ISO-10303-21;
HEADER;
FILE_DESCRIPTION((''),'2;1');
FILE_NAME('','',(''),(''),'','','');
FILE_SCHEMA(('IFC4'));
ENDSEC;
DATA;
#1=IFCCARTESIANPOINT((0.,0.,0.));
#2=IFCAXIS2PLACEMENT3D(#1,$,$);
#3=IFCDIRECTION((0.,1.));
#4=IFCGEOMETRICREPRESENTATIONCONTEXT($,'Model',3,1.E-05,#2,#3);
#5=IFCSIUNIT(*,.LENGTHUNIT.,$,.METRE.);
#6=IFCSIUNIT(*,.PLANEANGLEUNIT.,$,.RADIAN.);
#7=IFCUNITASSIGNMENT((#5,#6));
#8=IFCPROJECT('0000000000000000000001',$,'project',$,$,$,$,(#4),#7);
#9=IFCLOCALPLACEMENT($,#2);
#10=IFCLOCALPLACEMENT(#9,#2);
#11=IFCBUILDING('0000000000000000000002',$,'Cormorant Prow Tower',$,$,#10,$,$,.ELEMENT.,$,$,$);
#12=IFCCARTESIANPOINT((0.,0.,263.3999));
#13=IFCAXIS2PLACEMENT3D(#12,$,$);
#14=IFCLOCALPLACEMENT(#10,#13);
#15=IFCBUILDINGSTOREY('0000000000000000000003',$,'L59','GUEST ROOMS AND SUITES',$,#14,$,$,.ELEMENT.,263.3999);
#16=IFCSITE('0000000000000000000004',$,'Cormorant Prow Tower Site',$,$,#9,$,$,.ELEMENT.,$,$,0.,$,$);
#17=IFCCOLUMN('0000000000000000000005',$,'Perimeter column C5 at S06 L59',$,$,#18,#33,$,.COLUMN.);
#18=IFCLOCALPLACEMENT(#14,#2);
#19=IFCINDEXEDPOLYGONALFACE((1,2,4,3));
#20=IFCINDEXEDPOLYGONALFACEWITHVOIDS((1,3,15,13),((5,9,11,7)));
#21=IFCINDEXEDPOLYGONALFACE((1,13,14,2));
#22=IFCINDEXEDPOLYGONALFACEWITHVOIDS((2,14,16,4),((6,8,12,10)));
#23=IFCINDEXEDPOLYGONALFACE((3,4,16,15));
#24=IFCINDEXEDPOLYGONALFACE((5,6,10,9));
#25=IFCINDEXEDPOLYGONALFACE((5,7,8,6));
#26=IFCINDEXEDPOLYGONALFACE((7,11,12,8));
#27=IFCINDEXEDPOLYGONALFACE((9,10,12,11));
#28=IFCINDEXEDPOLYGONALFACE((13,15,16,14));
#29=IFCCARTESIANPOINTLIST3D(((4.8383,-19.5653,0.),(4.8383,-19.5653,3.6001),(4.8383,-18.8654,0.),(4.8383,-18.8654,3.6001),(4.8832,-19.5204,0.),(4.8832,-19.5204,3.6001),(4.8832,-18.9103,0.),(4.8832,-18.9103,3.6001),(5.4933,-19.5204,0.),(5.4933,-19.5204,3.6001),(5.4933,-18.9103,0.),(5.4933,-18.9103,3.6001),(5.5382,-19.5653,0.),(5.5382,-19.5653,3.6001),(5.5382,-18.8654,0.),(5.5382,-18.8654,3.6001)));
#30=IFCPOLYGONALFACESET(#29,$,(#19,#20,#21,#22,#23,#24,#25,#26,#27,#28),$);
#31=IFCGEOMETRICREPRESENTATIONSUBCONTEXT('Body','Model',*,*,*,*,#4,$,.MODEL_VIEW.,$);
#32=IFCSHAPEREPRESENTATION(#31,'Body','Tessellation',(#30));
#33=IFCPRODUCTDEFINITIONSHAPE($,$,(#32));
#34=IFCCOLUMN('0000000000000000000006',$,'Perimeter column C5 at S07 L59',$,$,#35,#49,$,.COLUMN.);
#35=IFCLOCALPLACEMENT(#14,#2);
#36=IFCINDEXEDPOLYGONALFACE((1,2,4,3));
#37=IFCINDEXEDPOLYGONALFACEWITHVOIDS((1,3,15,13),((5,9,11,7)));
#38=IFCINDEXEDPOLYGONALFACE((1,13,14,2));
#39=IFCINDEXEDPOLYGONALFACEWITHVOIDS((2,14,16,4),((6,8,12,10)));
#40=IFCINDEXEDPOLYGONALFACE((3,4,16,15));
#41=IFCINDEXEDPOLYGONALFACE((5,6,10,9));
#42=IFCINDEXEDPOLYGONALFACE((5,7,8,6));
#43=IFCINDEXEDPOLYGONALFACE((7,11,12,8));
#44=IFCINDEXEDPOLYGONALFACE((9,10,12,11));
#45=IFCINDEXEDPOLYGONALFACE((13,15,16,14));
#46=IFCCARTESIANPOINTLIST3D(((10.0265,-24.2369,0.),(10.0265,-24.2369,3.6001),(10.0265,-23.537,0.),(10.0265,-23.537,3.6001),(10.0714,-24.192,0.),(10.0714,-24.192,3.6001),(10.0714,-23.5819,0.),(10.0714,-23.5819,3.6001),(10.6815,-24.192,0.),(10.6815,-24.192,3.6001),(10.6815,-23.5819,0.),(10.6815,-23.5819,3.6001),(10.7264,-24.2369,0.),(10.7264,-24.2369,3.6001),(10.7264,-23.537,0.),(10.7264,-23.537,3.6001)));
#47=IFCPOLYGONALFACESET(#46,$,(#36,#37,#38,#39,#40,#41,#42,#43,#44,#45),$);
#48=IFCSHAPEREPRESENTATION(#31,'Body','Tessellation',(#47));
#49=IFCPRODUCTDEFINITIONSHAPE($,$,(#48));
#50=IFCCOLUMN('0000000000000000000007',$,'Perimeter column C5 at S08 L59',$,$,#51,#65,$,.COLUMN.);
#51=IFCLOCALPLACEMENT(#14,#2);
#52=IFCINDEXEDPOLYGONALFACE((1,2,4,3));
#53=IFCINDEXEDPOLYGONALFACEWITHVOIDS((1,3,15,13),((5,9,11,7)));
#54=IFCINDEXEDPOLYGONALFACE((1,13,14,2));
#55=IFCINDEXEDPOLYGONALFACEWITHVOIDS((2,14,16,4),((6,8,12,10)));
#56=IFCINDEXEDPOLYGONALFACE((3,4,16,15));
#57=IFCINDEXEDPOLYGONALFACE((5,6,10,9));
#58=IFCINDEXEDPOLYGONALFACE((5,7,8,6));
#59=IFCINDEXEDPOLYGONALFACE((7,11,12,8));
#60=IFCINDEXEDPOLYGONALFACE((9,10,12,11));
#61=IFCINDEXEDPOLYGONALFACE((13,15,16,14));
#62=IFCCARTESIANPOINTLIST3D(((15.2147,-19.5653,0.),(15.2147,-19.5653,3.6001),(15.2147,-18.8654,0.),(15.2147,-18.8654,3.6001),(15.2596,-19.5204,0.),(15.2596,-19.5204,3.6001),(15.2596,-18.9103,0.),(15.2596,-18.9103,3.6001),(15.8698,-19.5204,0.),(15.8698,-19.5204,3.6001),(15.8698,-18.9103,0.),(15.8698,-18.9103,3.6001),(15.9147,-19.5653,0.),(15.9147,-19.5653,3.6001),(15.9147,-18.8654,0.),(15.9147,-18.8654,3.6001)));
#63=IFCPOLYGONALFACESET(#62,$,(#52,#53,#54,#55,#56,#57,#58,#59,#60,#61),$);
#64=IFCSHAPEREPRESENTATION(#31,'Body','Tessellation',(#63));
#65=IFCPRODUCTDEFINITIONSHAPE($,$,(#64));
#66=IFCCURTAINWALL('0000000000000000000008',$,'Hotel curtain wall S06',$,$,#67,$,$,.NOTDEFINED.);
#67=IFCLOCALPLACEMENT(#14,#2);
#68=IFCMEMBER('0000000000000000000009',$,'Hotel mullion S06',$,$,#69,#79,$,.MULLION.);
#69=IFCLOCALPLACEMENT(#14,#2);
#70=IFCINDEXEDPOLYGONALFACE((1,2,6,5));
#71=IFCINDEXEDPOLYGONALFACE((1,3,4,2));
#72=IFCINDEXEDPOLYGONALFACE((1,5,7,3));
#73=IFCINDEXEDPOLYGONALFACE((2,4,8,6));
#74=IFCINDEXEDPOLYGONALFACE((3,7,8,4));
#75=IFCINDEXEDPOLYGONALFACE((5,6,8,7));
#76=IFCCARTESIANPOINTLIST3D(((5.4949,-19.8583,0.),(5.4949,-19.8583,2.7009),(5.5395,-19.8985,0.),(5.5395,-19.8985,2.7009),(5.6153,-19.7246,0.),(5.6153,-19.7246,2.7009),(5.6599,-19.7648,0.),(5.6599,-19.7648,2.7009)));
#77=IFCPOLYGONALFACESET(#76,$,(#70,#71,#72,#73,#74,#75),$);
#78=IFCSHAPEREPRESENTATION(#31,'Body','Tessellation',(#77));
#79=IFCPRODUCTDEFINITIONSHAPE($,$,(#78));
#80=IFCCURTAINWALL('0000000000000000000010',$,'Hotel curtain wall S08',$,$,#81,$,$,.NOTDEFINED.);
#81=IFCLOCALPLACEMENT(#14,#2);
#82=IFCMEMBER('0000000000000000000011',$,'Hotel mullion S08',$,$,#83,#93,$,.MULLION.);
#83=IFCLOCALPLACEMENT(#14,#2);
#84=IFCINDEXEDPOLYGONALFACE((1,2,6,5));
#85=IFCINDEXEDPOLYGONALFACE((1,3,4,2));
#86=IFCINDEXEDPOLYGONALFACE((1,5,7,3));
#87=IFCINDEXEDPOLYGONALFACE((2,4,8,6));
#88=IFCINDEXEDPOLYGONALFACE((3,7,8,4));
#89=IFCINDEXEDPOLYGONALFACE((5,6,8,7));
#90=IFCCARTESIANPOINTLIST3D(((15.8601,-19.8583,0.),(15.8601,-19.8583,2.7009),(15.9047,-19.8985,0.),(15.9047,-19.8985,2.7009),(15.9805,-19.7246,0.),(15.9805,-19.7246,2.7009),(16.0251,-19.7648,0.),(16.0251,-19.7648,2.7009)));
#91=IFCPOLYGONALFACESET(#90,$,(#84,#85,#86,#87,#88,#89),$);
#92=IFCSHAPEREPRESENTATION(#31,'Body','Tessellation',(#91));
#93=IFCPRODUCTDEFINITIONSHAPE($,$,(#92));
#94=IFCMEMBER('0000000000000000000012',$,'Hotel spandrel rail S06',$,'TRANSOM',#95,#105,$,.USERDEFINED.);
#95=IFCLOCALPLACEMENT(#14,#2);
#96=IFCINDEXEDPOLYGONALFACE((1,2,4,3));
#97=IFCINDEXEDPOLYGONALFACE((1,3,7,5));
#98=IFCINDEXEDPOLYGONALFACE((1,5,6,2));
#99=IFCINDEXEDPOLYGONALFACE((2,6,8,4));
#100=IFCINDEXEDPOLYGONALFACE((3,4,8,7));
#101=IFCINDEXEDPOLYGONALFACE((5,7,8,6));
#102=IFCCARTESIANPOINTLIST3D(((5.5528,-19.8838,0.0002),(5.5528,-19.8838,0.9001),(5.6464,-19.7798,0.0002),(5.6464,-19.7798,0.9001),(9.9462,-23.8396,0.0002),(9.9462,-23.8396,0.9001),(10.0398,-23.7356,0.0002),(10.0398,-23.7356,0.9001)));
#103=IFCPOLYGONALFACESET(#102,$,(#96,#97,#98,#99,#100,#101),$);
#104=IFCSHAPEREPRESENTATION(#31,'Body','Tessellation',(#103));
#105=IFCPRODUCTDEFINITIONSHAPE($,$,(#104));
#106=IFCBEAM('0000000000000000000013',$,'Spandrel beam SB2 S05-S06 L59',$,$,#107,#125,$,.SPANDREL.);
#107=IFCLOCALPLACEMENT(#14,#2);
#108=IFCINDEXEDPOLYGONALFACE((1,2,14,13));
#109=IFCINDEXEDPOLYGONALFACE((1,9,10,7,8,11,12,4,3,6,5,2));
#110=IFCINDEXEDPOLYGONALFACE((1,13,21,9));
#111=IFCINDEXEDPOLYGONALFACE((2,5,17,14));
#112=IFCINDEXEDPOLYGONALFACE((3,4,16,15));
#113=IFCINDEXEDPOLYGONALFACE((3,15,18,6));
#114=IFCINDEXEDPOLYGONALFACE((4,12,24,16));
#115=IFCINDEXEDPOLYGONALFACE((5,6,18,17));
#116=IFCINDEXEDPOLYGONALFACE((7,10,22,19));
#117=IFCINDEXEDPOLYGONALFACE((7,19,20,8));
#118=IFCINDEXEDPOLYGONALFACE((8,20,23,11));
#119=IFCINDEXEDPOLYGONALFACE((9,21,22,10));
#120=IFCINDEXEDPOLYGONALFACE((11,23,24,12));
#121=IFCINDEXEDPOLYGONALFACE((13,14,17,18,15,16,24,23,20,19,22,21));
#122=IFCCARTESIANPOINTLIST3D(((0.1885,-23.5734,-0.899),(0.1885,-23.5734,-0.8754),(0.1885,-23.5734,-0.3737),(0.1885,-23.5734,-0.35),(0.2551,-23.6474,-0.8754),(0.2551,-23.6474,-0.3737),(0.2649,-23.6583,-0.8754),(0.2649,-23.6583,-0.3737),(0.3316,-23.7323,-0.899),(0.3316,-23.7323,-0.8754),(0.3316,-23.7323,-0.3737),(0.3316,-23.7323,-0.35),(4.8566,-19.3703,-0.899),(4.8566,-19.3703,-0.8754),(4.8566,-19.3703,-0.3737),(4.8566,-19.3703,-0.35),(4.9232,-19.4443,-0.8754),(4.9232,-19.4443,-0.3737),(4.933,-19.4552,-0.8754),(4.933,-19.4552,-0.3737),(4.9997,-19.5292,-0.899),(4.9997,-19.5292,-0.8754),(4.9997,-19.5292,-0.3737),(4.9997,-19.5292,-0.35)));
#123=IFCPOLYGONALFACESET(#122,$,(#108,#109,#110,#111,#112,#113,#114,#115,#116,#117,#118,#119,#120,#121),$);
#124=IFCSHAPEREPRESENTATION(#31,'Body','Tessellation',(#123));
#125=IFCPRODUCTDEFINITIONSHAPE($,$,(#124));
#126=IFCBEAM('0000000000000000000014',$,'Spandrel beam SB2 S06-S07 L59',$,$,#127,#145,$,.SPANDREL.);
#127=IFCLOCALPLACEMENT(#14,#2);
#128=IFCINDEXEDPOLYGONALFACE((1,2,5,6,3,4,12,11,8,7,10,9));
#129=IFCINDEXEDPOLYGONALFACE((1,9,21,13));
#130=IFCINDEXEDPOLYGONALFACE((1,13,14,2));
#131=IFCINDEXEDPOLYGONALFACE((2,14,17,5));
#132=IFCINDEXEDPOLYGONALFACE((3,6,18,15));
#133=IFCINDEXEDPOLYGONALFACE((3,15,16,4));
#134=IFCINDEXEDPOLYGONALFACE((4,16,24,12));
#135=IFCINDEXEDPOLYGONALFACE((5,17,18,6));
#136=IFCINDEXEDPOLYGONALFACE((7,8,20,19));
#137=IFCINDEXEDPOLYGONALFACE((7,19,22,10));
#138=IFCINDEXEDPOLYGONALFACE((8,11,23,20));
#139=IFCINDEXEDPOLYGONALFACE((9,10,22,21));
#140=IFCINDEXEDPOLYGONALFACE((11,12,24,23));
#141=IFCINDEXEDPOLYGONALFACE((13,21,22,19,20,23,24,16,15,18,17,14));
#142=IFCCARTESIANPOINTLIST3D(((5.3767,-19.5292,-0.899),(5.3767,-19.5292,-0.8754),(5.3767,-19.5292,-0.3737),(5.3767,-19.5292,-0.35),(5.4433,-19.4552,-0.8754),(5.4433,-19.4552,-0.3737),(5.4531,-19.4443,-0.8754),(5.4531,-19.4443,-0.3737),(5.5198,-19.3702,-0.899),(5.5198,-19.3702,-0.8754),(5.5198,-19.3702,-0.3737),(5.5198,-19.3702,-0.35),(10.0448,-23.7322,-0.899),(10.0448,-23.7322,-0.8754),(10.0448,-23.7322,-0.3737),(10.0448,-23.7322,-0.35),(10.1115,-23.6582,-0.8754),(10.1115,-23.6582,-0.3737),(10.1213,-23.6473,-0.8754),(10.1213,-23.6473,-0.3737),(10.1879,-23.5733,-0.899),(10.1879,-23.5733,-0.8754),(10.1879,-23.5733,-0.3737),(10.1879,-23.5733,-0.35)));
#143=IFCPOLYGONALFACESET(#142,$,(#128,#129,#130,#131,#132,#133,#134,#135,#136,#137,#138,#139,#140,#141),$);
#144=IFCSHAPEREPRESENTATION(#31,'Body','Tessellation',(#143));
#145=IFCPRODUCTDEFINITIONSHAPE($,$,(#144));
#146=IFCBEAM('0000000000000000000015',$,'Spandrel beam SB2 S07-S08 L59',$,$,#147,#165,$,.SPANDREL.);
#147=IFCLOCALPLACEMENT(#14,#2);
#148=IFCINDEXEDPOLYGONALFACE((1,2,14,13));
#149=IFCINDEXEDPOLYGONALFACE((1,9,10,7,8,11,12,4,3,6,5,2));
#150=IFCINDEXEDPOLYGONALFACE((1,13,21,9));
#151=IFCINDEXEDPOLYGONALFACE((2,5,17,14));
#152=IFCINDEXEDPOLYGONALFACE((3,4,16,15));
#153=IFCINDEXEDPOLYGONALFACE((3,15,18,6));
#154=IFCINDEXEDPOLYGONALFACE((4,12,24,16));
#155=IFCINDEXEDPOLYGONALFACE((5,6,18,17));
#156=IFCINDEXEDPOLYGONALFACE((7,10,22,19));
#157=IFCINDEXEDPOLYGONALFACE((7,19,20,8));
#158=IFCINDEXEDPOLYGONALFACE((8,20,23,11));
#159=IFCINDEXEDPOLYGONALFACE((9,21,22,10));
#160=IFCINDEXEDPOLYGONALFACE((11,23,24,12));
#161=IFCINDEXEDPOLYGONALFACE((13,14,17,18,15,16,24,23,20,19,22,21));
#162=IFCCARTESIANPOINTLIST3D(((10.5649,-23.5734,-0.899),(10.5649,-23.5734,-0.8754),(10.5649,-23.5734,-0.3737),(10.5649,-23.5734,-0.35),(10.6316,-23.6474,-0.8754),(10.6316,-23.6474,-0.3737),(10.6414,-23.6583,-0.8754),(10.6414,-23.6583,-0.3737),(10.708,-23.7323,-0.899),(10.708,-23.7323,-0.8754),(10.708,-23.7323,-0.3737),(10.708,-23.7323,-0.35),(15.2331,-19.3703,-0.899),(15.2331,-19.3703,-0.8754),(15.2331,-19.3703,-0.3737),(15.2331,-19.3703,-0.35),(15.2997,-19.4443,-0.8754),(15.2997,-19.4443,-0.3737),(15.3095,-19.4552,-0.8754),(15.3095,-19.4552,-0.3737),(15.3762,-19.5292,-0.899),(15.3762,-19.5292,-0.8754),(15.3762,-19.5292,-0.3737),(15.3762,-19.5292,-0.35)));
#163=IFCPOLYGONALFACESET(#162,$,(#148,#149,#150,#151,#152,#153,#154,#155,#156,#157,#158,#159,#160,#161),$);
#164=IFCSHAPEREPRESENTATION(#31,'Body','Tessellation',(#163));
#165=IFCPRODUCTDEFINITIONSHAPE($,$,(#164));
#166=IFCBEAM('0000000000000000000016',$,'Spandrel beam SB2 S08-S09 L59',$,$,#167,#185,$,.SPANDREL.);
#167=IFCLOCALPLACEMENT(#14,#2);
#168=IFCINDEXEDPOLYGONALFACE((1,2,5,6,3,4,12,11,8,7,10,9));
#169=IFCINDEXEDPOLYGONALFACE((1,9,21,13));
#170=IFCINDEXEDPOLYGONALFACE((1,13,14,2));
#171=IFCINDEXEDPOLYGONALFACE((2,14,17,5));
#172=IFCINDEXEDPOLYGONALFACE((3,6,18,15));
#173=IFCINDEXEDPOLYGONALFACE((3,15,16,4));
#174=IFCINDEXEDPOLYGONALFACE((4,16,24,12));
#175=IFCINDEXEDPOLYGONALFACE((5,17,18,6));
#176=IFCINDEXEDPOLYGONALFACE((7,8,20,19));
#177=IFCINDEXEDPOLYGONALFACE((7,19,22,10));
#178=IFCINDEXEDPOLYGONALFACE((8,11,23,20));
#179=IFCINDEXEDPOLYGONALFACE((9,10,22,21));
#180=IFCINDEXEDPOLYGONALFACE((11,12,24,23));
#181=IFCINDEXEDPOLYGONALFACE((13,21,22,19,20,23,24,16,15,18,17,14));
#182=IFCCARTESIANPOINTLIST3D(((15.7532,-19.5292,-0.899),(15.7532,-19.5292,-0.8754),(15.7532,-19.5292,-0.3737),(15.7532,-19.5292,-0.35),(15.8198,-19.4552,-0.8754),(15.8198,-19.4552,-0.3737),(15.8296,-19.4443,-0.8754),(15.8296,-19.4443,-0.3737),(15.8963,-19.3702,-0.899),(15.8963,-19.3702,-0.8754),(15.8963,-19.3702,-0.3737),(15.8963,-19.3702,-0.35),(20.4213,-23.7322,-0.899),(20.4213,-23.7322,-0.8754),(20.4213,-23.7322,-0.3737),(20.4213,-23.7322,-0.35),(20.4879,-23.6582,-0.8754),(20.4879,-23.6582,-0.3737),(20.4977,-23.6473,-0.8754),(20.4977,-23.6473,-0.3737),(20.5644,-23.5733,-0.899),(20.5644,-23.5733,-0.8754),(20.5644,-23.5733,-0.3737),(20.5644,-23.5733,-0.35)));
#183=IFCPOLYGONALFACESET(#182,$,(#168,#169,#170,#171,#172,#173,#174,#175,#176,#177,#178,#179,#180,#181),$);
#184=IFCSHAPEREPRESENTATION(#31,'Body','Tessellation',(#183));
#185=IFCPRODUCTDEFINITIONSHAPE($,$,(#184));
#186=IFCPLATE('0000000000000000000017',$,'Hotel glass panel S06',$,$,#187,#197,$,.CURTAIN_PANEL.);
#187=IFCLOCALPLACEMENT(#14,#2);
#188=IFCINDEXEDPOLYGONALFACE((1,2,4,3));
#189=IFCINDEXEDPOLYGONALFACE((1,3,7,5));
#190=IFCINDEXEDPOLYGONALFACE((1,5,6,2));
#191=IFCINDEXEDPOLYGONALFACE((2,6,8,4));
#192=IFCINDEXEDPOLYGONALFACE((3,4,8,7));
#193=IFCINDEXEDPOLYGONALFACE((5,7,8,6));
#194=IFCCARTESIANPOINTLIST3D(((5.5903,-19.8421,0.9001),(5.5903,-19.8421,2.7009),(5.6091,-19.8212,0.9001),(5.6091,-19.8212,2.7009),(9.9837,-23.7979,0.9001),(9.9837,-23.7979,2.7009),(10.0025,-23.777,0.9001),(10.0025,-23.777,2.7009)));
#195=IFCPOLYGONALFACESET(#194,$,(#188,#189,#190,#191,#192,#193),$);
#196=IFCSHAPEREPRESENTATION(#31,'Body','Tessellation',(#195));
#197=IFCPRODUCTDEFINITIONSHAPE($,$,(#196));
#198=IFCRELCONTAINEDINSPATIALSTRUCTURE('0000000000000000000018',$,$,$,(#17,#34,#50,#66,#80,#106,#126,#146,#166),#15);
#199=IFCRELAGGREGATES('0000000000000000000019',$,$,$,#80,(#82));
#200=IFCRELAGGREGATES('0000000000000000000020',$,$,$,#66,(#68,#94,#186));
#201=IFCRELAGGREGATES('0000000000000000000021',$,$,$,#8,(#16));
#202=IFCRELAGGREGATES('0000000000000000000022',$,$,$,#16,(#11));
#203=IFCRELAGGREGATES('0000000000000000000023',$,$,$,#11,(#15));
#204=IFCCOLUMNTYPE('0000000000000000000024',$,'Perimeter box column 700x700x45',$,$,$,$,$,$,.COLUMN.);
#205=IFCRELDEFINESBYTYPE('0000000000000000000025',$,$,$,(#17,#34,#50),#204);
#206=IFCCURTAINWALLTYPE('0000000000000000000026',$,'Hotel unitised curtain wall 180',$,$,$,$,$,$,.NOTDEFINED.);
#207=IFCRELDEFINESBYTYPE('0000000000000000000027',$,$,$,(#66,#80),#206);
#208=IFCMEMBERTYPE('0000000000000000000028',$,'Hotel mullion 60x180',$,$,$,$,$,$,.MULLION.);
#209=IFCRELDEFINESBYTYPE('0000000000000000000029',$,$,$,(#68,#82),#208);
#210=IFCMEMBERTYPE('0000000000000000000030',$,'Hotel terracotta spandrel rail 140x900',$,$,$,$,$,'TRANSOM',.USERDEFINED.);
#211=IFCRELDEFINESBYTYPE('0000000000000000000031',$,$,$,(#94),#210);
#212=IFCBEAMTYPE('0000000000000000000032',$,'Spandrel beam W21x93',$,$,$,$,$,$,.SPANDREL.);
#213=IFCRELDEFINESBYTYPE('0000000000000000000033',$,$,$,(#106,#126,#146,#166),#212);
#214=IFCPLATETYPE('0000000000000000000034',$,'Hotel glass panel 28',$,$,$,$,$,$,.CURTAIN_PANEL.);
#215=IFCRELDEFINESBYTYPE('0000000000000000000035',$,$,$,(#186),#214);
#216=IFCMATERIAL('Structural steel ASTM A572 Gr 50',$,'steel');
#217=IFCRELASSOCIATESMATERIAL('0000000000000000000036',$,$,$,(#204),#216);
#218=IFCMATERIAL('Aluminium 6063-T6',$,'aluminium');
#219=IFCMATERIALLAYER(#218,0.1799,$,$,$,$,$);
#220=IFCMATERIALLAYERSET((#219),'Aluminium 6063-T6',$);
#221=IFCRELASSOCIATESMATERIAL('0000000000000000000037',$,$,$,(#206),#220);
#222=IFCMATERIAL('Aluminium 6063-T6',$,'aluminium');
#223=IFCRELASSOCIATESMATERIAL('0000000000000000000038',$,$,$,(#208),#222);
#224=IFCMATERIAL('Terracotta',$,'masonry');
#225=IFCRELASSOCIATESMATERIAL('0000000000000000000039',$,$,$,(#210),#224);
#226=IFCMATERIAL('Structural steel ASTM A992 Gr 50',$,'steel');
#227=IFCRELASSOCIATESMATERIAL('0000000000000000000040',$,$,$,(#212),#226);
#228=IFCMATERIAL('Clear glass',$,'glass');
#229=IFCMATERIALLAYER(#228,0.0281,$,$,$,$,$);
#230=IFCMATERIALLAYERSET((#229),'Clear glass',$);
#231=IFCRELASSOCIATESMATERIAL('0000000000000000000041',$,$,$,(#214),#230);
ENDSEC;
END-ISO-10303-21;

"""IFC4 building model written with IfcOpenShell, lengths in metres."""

from ifc_helpers import new_model, si_unit, direction, frame, origin, origin_2d, place, context, subcontext, project, spatial, rectangle, hollow_rectangle, i_section, extrude, material, layer, layer_set, material_profile, profile_set, type_object, element, aggregate, save


model = new_model("IFC4")

# Units and contexts
model_context = context("Model", 3, precision=1e-05, world=origin(), true_north=direction((0.0, 1.0)))
body_context = subcontext(model_context, "Body", "Model", "MODEL_VIEW")
ifc_project = project(units=[si_unit("LENGTHUNIT", "METRE"), si_unit("PLANEANGLEUNIT", "RADIAN")], contexts=[model_context])

# Site, building, storey
site_placement = place(None, origin())
site = spatial("IfcSite", under=ifc_project, at=site_placement, Name="Cormorant Prow Tower Site", CompositionType="ELEMENT", RefElevation=0.0)
building_placement = place(site_placement, origin())
building = spatial("IfcBuilding", under=site, at=building_placement, Name="Cormorant Prow Tower", CompositionType="ELEMENT")
storey_placement = place(building_placement, frame((0.0, 0.0, 263.3999)))
storey = spatial("IfcBuildingStorey", under=building, at=storey_placement, Name="L59", Description="GUEST ROOMS AND SUITES", CompositionType="ELEMENT", Elevation=263.3999)

# Columns
ifc_material_1 = material(Name="Structural steel ASTM A572 Gr 50", Category="steel")
ifc_material_profile_1 = material_profile(ifc_material_1, hollow_rectangle(XDim=0.7, YDim=0.7, WallThickness=0.0449, at=origin_2d()), Name="Box 700x700x45")
ifc_profile_set_1 = profile_set([ifc_material_profile_1], Name="Structural steel ASTM A572 Gr 50")
column_type = type_object("IfcColumnType", Name="Perimeter box column 700x700x45", PredefinedType="COLUMN", material=ifc_profile_set_1)
for number, where, z_axis, x_axis, name in (
    (1, (5.1882, -19.2153, 0.0), (0.0, 0.0, 1.0), (1.0, 0.0, 0.0), "Perimeter column C5 at S06 L59"),
    (2, (10.3765, -23.887, 0.0), (0.0, 0.0, 1.0), (1.0, 0.0, 0.0), "Perimeter column C5 at S07 L59"),
    (3, (15.5647, -19.2153, 0.0), (0.0, 0.0, 1.0), (1.0, 0.0, 0.0), "Perimeter column C5 at S08 L59"),
):
    element("IfcColumn", number, at=place(storey_placement, frame(where, z_axis=z_axis, x_axis=x_axis)), inside=storey, type_object=column_type, Name=name, PredefinedType="COLUMN", context=body_context, shape_type="SweptSolid", body=[
        extrude(hollow_rectangle(XDim=0.7, YDim=0.7, WallThickness=0.0449, at=origin_2d()), origin(), (0.0, 0.0, 1.0), 3.6001),
    ])

# Curtain walls, members
ifc_material_2 = material(Name="Aluminium 6063-T6", Category="aluminium")
ifc_layer_1 = layer(ifc_material_2, 0.1799)
ifc_layer_set_1 = layer_set([ifc_layer_1], Name="Aluminium 6063-T6")
curtain_wall_type = type_object("IfcCurtainWallType", Name="Hotel unitised curtain wall 180", PredefinedType="NOTDEFINED", material=ifc_layer_set_1)
curtain_wall_1_placement = place(storey_placement, origin())
curtain_wall_1 = element("IfcCurtainWall", 4, at=curtain_wall_1_placement, inside=storey, type_object=curtain_wall_type, Name="Hotel curtain wall S06", PredefinedType="NOTDEFINED")
ifc_material_3 = material(Name="Aluminium 6063-T6", Category="aluminium")
ifc_material_profile_2 = material_profile(ifc_material_3, rectangle(XDim=0.1799, YDim=0.0601, at=origin_2d()), Name="Hotel mullion 60x180")
ifc_profile_set_2 = profile_set([ifc_material_profile_2], Name="Aluminium 6063-T6")
member_type_1 = type_object("IfcMemberType", Name="Hotel mullion 60x180", PredefinedType="MULLION", material=ifc_profile_set_2)
member_1_placement = place(storey_placement, frame((5.5774, -19.8115, 0.0), z_axis=(0.0, 0.0, 1.0), x_axis=(0.669131, 0.743145, 0.0)))
member_1 = element("IfcMember", 5, at=member_1_placement, type_object=member_type_1, Name="Hotel mullion S06", PredefinedType="MULLION", context=body_context, shape_type="SweptSolid", body=[
    extrude(rectangle(XDim=0.1799, YDim=0.0601, at=origin_2d()), origin(), (0.0, 0.0, 1.0), 2.7009),
])
curtain_wall_2_placement = place(storey_placement, origin())
curtain_wall_2 = element("IfcCurtainWall", 6, at=curtain_wall_2_placement, inside=storey, type_object=curtain_wall_type, Name="Hotel curtain wall S08", PredefinedType="NOTDEFINED")
member_2_placement = place(storey_placement, frame((15.9426, -19.8115, 0.0), z_axis=(0.0, 0.0, 1.0), x_axis=(0.669131, 0.743145, 0.0)))
member_2 = element("IfcMember", 7, at=member_2_placement, type_object=member_type_1, Name="Hotel mullion S08", PredefinedType="MULLION", context=body_context, shape_type="SweptSolid", body=[
    extrude(rectangle(XDim=0.1799, YDim=0.0601, at=origin_2d()), origin(), (0.0, 0.0, 1.0), 2.7009),
])
aggregate(curtain_wall_2, [member_2])

# Member
ifc_material_4 = material(Name="Terracotta", Category="masonry")
ifc_material_profile_3 = material_profile(ifc_material_4, rectangle(XDim=0.1399, YDim=0.8999, at=origin_2d()), Name="Hotel terracotta spandrel rail 140x900")
ifc_profile_set_3 = profile_set([ifc_material_profile_3], Name="Terracotta")
member_type_2 = type_object("IfcMemberType", Name="Hotel terracotta spandrel rail 140x900", ElementType="TRANSOM", PredefinedType="USERDEFINED", material=ifc_profile_set_3)
member_3_placement = place(storey_placement, frame((5.5996, -19.8318, 0.4502), z_axis=(0.74314, -0.669136, 0.0), x_axis=(0.669136, 0.74314, 0.0)))
member_3 = element("IfcMember", 8, at=member_3_placement, type_object=member_type_2, Name="Hotel spandrel rail S06", ObjectType="TRANSOM", PredefinedType="USERDEFINED", context=body_context, shape_type="SweptSolid", body=[
    extrude(rectangle(XDim=0.1399, YDim=0.8999, at=origin_2d()), origin(), (0.0, 0.0, 1.0), 5.9119),
])

# Beams
ifc_material_5 = material(Name="Structural steel ASTM A992 Gr 50", Category="steel")
ifc_material_profile_4 = material_profile(ifc_material_5, i_section(OverallWidth=0.2139, OverallDepth=0.5491, WebThickness=0.0146, FlangeThickness=0.0237, at=origin_2d()), Name="W21x93")
ifc_profile_set_4 = profile_set([ifc_material_profile_4], Name="Structural steel ASTM A992 Gr 50")
beam_type = type_object("IfcBeamType", Name="Spandrel beam W21x93", PredefinedType="SPANDREL", material=ifc_profile_set_4)
for number, where, z_axis, x_axis, name in (
    (9, (0.26, -23.6528, -0.6245), (0.743157, 0.669117, 0.0), (-0.669117, 0.743157, 0.0), "Spandrel beam SB2 S05-S06 L59"),
    (10, (5.4482, -19.4497, -0.6245), (0.743157, -0.669117, 0.0), (0.669117, 0.743157, 0.0), "Spandrel beam SB2 S06-S07 L59"),
    (11, (10.6365, -23.6528, -0.6245), (0.743157, 0.669117, 0.0), (-0.669117, 0.743157, 0.0), "Spandrel beam SB2 S07-S08 L59"),
    (12, (15.8247, -19.4497, -0.6245), (0.743157, -0.669117, 0.0), (0.669117, 0.743157, 0.0), "Spandrel beam SB2 S08-S09 L59"),
):
    element("IfcBeam", number, at=place(storey_placement, frame(where, z_axis=z_axis, x_axis=x_axis)), inside=storey, type_object=beam_type, Name=name, PredefinedType="SPANDREL", context=body_context, shape_type="SweptSolid", body=[
        extrude(i_section(OverallWidth=0.2139, OverallDepth=0.5491, WebThickness=0.0146, FlangeThickness=0.0237, at=origin_2d()), origin(), (0.0, 0.0, 1.0), 6.2815),
    ])

# Plate
ifc_material_6 = material(Name="Clear glass", Category="glass")
ifc_layer_2 = layer(ifc_material_6, 0.0281)
ifc_layer_set_2 = layer_set([ifc_layer_2], Name="Clear glass")
plate_type = type_object("IfcPlateType", Name="Hotel glass panel 28", PredefinedType="CURTAIN_PANEL", material=ifc_layer_set_2)
plate_placement = place(storey_placement, frame((7.7964, -21.8096, 0.9001), z_axis=(0.0, 0.0, 1.0), x_axis=(0.743145, -0.669131, 0.0)))
plate = element("IfcPlate", 13, at=plate_placement, type_object=plate_type, Name="Hotel glass panel S06", PredefinedType="CURTAIN_PANEL", context=body_context, shape_type="SweptSolid", body=[
    extrude(rectangle(XDim=5.9119, YDim=0.0281, at=origin_2d()), origin(), (0.0, 0.0, 1.0), 1.8008),
])
aggregate(curtain_wall_1, [member_1, member_3, plate])

save(model, "model.ifc")
